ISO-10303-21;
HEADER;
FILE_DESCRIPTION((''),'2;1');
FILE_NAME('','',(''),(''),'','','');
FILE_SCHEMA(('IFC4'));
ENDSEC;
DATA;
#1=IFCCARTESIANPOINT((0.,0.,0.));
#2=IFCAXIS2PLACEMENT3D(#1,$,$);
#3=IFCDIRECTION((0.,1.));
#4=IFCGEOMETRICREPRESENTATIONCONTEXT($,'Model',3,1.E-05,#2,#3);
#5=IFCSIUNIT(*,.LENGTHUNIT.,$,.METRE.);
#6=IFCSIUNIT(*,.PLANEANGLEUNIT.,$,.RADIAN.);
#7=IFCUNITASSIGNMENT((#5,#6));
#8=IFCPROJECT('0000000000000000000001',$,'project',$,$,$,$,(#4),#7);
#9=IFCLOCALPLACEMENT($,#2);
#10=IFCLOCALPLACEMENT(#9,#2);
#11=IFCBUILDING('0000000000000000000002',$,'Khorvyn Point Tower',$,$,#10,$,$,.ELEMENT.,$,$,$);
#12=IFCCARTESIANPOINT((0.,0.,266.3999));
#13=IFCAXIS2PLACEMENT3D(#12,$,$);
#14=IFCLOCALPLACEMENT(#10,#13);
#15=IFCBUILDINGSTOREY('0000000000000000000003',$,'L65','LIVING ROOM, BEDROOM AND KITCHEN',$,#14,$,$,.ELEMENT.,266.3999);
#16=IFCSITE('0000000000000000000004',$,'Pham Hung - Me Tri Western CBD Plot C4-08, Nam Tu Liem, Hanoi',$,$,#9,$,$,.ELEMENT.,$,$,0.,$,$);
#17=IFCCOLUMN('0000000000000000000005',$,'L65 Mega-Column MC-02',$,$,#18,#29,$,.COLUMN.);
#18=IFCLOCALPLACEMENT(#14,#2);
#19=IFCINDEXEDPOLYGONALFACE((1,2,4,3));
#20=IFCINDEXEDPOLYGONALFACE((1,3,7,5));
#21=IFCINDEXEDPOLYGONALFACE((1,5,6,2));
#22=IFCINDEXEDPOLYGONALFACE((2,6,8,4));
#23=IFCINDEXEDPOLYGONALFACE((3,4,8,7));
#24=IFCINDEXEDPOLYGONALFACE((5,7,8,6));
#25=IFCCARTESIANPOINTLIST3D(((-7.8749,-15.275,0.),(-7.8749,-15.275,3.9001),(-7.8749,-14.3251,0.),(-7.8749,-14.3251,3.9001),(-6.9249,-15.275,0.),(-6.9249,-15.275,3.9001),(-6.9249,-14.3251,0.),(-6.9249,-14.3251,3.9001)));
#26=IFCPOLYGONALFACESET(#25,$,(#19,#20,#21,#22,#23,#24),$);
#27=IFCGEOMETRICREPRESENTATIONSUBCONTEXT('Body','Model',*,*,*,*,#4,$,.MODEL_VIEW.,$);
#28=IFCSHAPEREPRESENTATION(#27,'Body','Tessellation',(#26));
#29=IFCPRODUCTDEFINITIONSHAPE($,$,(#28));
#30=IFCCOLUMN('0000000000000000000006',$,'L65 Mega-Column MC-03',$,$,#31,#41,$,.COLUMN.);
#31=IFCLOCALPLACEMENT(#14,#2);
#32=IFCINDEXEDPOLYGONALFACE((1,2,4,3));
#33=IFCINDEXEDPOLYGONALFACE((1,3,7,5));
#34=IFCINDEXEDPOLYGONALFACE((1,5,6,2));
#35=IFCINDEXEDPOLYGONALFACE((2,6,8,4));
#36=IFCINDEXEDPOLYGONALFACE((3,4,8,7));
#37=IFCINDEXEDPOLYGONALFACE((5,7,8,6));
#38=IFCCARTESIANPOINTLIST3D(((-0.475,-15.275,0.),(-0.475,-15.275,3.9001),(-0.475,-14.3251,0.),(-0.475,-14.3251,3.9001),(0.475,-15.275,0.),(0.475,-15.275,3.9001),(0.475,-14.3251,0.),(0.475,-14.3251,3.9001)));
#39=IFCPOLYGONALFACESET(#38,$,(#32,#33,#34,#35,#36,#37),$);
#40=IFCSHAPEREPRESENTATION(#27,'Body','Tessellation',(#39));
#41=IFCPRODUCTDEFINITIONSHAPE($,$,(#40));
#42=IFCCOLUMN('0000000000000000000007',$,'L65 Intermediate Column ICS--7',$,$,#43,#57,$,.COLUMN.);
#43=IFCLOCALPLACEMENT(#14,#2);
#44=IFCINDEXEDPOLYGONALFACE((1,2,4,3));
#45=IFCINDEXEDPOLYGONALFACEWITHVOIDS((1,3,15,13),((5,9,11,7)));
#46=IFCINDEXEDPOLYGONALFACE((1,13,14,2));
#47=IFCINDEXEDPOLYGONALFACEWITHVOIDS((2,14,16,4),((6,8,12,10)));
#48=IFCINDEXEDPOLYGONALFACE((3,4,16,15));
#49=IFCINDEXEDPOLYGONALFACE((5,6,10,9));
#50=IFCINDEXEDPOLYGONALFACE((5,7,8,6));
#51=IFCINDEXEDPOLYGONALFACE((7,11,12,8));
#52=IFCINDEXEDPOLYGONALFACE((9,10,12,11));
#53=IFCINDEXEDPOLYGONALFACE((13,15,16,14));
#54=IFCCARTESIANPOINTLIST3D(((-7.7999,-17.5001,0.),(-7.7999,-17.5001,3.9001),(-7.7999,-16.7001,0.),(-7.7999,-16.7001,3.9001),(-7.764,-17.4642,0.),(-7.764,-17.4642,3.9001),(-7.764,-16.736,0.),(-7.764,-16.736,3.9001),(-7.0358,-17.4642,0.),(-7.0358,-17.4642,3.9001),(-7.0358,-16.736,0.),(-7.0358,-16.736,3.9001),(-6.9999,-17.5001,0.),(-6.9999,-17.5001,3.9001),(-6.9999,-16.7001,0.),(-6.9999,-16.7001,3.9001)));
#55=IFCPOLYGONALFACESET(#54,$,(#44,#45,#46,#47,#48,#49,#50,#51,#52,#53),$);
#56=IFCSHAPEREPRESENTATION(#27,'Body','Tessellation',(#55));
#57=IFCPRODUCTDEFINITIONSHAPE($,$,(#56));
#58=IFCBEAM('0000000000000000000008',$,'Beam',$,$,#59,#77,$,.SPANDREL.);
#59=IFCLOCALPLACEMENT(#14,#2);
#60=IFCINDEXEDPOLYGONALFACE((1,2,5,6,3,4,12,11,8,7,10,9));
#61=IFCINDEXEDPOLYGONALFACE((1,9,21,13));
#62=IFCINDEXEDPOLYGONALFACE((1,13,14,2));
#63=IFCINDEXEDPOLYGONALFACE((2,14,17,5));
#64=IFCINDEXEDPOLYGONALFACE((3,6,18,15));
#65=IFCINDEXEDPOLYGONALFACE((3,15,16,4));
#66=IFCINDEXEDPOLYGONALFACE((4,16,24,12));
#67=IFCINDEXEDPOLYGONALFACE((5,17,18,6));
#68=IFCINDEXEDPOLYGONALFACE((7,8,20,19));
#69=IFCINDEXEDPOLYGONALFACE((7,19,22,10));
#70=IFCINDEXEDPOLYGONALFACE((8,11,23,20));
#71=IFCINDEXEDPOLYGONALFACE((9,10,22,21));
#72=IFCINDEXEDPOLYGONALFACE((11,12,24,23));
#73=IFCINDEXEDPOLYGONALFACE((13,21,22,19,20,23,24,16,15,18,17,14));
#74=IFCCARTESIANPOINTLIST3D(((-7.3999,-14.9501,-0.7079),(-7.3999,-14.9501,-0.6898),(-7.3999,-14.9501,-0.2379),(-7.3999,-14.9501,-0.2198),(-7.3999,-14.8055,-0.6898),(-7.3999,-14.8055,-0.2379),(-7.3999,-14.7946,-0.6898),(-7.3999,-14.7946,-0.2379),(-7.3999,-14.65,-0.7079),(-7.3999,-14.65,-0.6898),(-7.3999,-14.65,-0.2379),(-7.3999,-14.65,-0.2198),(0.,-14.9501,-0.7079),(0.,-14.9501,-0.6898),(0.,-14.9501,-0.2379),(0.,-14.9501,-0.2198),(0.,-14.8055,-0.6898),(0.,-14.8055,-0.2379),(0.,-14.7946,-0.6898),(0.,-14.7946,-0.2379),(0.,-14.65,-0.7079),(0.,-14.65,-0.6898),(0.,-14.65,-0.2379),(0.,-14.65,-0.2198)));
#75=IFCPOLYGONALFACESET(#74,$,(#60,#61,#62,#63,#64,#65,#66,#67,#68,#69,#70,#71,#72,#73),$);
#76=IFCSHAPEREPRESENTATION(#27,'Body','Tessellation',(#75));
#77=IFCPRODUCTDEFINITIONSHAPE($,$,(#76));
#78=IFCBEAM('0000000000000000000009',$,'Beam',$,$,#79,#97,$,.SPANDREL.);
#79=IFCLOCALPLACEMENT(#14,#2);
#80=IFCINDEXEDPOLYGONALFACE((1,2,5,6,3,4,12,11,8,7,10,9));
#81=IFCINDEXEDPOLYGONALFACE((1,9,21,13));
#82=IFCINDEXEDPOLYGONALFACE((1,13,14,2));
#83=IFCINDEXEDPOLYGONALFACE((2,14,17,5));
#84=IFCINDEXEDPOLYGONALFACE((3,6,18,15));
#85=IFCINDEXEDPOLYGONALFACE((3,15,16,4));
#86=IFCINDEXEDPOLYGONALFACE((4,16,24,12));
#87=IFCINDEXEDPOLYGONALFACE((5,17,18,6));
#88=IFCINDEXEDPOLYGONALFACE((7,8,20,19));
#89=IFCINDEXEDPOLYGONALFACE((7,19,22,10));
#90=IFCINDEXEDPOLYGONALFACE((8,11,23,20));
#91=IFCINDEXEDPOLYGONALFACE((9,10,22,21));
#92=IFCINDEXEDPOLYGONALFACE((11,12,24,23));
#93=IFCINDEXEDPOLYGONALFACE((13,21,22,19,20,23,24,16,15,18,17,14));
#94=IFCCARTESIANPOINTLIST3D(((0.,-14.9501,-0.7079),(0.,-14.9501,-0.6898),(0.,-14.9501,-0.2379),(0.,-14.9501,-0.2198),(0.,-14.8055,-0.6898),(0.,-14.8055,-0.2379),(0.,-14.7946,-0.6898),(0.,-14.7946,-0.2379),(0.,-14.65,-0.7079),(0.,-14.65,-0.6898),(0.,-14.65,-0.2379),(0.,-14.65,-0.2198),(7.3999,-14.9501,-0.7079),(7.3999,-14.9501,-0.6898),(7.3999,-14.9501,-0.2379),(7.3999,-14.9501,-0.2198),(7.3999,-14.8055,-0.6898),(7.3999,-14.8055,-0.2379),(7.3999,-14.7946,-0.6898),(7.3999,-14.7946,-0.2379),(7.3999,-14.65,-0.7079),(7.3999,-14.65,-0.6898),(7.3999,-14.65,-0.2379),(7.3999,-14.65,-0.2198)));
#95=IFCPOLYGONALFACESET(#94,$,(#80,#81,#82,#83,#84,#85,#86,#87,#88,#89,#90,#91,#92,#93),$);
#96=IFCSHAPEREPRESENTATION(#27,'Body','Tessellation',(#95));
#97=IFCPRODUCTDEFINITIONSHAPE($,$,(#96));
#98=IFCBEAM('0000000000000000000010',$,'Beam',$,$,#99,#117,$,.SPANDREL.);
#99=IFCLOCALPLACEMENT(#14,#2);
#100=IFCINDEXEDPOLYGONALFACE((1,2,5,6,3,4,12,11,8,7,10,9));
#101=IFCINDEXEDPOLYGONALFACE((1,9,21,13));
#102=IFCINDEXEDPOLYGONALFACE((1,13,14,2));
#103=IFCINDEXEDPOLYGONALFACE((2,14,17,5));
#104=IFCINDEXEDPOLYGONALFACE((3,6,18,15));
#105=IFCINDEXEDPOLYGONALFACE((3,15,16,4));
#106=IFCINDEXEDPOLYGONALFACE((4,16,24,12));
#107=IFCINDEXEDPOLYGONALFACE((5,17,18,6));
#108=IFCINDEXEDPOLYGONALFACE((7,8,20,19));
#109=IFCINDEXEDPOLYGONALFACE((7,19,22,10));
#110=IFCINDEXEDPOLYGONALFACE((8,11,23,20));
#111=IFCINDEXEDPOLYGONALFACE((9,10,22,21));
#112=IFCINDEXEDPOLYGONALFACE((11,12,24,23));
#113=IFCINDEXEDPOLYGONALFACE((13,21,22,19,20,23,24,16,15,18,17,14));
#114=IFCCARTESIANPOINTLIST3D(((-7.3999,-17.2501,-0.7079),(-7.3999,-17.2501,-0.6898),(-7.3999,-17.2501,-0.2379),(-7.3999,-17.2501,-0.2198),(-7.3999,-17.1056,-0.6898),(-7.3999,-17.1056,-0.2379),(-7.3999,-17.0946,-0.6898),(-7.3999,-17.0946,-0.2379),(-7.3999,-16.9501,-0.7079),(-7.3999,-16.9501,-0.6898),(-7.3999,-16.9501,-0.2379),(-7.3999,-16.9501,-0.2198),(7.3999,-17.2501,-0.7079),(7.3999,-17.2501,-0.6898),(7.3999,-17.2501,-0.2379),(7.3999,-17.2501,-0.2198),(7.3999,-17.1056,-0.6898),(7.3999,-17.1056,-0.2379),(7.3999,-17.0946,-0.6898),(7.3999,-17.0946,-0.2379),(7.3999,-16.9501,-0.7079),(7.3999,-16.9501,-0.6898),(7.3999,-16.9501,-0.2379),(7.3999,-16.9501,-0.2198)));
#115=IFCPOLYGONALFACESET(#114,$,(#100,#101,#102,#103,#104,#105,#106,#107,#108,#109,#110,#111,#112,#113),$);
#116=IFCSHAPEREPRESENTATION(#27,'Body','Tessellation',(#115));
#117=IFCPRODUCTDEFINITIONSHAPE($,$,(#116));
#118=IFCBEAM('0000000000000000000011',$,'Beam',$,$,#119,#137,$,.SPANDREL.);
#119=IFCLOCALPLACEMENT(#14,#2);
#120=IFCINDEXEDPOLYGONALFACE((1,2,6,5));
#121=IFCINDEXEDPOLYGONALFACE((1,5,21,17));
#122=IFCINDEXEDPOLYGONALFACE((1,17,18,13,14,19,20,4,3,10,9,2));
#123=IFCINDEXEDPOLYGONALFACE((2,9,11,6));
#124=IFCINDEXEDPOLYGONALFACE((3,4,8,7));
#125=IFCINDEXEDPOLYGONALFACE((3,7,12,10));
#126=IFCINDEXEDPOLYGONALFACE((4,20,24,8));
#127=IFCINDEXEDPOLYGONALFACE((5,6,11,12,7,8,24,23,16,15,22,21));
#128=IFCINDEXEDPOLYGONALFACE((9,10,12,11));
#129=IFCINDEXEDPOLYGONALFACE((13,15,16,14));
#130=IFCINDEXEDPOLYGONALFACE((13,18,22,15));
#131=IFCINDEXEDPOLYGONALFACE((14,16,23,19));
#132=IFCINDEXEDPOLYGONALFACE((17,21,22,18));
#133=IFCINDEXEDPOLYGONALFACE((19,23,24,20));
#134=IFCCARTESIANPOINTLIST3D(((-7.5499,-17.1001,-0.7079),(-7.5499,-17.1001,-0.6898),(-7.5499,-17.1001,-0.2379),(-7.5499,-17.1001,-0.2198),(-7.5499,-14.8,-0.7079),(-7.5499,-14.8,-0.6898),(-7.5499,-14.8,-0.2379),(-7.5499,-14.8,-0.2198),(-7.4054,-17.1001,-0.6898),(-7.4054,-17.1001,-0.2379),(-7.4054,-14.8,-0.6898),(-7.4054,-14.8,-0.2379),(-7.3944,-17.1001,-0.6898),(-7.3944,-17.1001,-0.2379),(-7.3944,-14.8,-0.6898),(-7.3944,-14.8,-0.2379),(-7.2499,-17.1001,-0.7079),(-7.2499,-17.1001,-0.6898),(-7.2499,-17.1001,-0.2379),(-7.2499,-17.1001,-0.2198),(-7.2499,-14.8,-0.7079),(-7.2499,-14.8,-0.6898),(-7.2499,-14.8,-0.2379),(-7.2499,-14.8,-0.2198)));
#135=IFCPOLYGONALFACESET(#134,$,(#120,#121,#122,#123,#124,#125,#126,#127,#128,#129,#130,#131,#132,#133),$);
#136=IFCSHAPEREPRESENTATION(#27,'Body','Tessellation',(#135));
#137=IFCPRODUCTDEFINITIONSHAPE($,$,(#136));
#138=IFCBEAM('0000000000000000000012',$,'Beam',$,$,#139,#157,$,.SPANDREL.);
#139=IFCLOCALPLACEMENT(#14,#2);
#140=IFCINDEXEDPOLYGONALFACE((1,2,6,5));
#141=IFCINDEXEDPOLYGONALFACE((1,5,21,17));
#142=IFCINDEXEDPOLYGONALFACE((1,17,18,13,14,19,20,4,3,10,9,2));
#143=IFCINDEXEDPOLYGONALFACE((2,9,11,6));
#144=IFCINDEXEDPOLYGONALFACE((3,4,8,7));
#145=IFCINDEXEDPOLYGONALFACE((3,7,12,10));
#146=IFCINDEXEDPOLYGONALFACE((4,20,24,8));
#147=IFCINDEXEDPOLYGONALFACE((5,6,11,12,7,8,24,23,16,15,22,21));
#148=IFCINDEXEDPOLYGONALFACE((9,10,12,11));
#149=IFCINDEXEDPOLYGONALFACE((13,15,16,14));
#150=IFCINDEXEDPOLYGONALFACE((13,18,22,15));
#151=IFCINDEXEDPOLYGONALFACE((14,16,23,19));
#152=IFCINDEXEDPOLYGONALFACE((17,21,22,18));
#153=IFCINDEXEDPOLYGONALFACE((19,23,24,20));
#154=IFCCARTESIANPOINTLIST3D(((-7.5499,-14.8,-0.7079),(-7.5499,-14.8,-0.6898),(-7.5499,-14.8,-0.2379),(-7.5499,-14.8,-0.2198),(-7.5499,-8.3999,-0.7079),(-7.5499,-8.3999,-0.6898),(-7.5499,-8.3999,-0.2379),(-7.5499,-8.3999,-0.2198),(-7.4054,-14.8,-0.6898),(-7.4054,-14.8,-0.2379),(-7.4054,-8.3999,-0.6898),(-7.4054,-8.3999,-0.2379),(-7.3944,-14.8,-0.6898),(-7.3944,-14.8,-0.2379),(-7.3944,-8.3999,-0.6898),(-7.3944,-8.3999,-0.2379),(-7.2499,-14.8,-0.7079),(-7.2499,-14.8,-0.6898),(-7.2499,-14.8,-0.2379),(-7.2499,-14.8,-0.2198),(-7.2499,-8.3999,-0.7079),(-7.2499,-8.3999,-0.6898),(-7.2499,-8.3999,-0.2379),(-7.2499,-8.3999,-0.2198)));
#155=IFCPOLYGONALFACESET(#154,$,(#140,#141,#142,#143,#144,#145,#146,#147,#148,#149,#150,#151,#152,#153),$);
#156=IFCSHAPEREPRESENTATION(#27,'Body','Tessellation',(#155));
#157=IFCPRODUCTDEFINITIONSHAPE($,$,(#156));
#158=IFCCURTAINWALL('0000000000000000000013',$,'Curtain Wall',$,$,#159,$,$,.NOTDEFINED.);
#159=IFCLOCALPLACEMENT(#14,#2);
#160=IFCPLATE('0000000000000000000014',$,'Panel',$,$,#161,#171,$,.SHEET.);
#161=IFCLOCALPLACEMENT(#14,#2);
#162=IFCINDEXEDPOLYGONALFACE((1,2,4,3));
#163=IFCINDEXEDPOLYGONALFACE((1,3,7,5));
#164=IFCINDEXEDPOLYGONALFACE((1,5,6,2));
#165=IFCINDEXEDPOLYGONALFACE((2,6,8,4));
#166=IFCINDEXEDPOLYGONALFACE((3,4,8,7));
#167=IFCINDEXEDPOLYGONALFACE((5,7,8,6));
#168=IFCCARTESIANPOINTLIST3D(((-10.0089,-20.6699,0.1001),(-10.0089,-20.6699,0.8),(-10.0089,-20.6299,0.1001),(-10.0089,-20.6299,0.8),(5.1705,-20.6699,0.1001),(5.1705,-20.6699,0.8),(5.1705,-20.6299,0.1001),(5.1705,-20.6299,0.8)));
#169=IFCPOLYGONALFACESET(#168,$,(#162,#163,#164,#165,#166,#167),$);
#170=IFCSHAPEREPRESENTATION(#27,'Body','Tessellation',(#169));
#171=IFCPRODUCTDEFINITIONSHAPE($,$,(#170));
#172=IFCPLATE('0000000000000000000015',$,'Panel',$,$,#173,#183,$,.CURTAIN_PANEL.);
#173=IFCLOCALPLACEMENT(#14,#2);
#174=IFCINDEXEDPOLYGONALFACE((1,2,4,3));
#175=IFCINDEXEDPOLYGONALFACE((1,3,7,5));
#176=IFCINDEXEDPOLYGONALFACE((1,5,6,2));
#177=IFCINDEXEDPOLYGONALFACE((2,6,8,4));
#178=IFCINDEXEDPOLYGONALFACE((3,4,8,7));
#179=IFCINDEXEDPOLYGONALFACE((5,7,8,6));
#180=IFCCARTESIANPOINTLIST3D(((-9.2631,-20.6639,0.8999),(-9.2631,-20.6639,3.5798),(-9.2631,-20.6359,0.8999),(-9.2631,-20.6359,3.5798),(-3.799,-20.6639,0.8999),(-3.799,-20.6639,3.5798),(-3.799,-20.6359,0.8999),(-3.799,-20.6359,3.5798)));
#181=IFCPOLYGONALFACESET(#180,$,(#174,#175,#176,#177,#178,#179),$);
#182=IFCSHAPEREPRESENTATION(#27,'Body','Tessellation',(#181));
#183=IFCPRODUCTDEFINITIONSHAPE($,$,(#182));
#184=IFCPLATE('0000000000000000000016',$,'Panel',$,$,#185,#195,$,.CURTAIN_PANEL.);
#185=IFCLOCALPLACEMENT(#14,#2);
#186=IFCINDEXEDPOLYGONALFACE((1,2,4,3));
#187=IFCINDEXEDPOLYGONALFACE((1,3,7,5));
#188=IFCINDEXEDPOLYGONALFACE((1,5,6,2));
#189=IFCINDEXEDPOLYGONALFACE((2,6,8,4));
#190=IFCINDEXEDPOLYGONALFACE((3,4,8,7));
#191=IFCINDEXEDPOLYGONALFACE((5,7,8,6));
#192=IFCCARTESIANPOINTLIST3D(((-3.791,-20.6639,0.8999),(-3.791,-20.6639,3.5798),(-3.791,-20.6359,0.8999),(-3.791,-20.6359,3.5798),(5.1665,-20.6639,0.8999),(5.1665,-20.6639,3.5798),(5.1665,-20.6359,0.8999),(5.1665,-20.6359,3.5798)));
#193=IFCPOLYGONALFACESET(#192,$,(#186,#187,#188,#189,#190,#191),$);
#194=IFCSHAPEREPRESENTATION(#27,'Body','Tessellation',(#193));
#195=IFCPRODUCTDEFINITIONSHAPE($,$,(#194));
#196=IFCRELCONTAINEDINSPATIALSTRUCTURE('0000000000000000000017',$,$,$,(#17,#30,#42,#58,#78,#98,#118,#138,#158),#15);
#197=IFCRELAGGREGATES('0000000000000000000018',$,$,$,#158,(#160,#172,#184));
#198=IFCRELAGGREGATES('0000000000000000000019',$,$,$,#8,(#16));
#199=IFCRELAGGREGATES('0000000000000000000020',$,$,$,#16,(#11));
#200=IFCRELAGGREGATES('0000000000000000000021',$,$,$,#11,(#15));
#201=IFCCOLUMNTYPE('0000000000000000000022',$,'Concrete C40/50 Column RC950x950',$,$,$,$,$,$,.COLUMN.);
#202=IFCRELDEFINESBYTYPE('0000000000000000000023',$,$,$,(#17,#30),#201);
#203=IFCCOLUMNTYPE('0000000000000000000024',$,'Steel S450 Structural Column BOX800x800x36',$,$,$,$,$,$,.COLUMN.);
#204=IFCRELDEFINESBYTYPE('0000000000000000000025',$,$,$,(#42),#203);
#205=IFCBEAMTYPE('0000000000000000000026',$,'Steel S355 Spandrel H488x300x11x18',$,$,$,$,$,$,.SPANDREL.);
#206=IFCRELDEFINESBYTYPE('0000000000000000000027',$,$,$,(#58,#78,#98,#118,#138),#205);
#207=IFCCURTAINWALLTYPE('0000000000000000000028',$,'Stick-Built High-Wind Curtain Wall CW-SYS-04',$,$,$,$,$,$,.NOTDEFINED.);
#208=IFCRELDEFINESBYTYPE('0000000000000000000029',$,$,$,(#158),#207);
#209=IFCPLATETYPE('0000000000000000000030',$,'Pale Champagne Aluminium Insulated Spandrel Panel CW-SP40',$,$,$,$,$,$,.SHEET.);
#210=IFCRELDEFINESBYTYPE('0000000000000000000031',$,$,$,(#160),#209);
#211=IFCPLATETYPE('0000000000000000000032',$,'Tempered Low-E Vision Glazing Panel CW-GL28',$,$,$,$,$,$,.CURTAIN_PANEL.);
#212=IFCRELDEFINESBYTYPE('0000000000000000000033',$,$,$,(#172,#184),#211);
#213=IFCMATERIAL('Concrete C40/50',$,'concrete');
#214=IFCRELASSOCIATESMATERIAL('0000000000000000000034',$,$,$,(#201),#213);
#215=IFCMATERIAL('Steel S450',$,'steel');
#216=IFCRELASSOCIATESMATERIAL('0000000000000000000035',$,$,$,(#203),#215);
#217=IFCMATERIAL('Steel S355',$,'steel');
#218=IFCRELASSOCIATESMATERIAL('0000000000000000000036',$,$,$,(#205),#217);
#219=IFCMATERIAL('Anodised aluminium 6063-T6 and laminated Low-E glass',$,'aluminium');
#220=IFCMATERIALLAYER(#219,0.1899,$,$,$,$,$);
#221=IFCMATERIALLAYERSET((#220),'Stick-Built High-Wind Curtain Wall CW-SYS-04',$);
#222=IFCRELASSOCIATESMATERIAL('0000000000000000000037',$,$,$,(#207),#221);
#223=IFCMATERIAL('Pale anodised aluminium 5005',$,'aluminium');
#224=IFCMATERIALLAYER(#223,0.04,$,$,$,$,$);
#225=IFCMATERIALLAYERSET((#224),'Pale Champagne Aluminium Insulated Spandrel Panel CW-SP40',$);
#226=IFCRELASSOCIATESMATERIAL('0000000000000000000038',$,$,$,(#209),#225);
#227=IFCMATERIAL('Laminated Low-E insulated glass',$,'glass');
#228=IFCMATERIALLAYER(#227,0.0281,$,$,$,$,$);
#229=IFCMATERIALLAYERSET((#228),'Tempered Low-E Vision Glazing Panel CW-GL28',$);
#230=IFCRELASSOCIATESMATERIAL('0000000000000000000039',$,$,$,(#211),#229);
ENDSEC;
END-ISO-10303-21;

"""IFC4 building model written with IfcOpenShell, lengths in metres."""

from ifc_helpers import new_model, si_unit, direction, frame, origin, origin_2d, place, context, subcontext, project, spatial, rectangle, hollow_rectangle, i_section, extrude, material, layer, layer_set, material_profile, profile_set, type_object, element, aggregate, save


model = new_model("IFC4")

# Units and contexts
model_context = context("Model", 3, precision=1e-05, world=origin(), true_north=direction((0.0, 1.0)))
body_context = subcontext(model_context, "Body", "Model", "MODEL_VIEW")
ifc_project = project(units=[si_unit("LENGTHUNIT", "METRE"), si_unit("PLANEANGLEUNIT", "RADIAN")], contexts=[model_context])

# Site, building, storey
site_placement = place(None, origin())
site = spatial("IfcSite", under=ifc_project, at=site_placement, Name="Pham Hung - Me Tri Western CBD Plot C4-08, Nam Tu Liem, Hanoi", CompositionType="ELEMENT", RefElevation=0.0)
building_placement = place(site_placement, origin())
building = spatial("IfcBuilding", under=site, at=building_placement, Name="Khorvyn Point Tower", CompositionType="ELEMENT")
storey_placement = place(building_placement, frame((0.0, 0.0, 266.3999)))
storey = spatial("IfcBuildingStorey", under=building, at=storey_placement, Name="L65", Description="LIVING ROOM, BEDROOM AND KITCHEN", CompositionType="ELEMENT", Elevation=266.3999)

# Columns
ifc_material_1 = material(Name="Concrete C40/50", Category="concrete")
ifc_material_profile_1 = material_profile(ifc_material_1, rectangle(XDim=0.95, YDim=0.95, at=origin_2d()))
ifc_profile_set_1 = profile_set([ifc_material_profile_1], Name="Concrete C40/50 RC950x950")
column_type_1 = type_object("IfcColumnType", Name="Concrete C40/50 Column RC950x950", PredefinedType="COLUMN", material=ifc_profile_set_1)
for number, where, z_axis, x_axis, name in (
    (1, (-7.3999, -14.8, 0.0), (0.0, 0.0, 1.0), (1.0, 0.0, 0.0), "L65 Mega-Column MC-02"),
    (2, (0.0, -14.8, 0.0), (0.0, 0.0, 1.0), (1.0, 0.0, 0.0), "L65 Mega-Column MC-03"),
):
    element("IfcColumn", number, at=place(storey_placement, frame(where, z_axis=z_axis, x_axis=x_axis)), inside=storey, type_object=column_type_1, Name=name, PredefinedType="COLUMN", context=body_context, shape_type="SweptSolid", body=[
        extrude(rectangle(XDim=0.95, YDim=0.95, at=origin_2d()), origin(), (0.0, 0.0, 1.0), 3.9001),
    ])
ifc_material_2 = material(Name="Steel S450", Category="steel")
ifc_material_profile_2 = material_profile(ifc_material_2, hollow_rectangle(XDim=0.8, YDim=0.8, WallThickness=0.0359, at=origin_2d()))
ifc_profile_set_2 = profile_set([ifc_material_profile_2], Name="Steel S450 BOX800x800x36")
column_type_2 = type_object("IfcColumnType", Name="Steel S450 Structural Column BOX800x800x36", PredefinedType="COLUMN", material=ifc_profile_set_2)
column_placement = place(storey_placement, frame((-7.3999, -17.1001, 0.0), z_axis=(0.0, 0.0, 1.0), x_axis=(1.0, 0.0, 0.0)))
element("IfcColumn", 3, at=column_placement, inside=storey, type_object=column_type_2, Name="L65 Intermediate Column ICS--7", PredefinedType="COLUMN", context=body_context, shape_type="SweptSolid", body=[
    extrude(hollow_rectangle(XDim=0.8, YDim=0.8, WallThickness=0.0359, at=origin_2d()), origin(), (0.0, 0.0, 1.0), 3.9001),
])

# Beams
ifc_material_3 = material(Name="Steel S355", Category="steel")
ifc_material_profile_3 = material_profile(ifc_material_3, i_section(OverallWidth=0.3, OverallDepth=0.488, WebThickness=0.011, FlangeThickness=0.0181, at=origin_2d()))
ifc_profile_set_3 = profile_set([ifc_material_profile_3], Name="Steel S355 H488x300x11x18")
beam_type = type_object("IfcBeamType", Name="Steel S355 Spandrel H488x300x11x18", PredefinedType="SPANDREL", material=ifc_profile_set_3)
for number, where, z_axis, x_axis, name in (
    (4, (-7.3999, -14.8, -0.4639), (1.0, 0.0, 0.0), (0.0, 1.0, 0.0), "Beam"),
    (5, (0.0, -14.8, -0.4639), (1.0, 0.0, 0.0), (0.0, 1.0, 0.0), "Beam"),
):
    element("IfcBeam", number, at=place(storey_placement, frame(where, z_axis=z_axis, x_axis=x_axis)), inside=storey, type_object=beam_type, Name=name, PredefinedType="SPANDREL", context=body_context, shape_type="SweptSolid", body=[
        extrude(i_section(OverallWidth=0.3, OverallDepth=0.488, WebThickness=0.011, FlangeThickness=0.0181, at=origin_2d()), origin(), (0.0, 0.0, 1.0), 7.3999),
    ])
beam_1_placement = place(storey_placement, frame((-7.3999, -17.1001, -0.4639), z_axis=(1.0, 0.0, 0.0), x_axis=(0.0, 1.0, 0.0)))
element("IfcBeam", 6, at=beam_1_placement, inside=storey, type_object=beam_type, Name="Beam", PredefinedType="SPANDREL", context=body_context, shape_type="SweptSolid", body=[
    extrude(i_section(OverallWidth=0.3, OverallDepth=0.488, WebThickness=0.011, FlangeThickness=0.0181, at=origin_2d()), origin(), (0.0, 0.0, 1.0), 14.7998),
])
beam_2_placement = place(storey_placement, frame((-7.3999, -17.1001, -0.4639), z_axis=(0.0, 1.0, 0.0), x_axis=(-1.0, 0.0, 0.0)))
element("IfcBeam", 7, at=beam_2_placement, inside=storey, type_object=beam_type, Name="Beam", PredefinedType="SPANDREL", context=body_context, shape_type="SweptSolid", body=[
    extrude(i_section(OverallWidth=0.3, OverallDepth=0.488, WebThickness=0.011, FlangeThickness=0.0181, at=origin_2d()), origin(), (0.0, 0.0, 1.0), 2.3),
])
beam_3_placement = place(storey_placement, frame((-7.3999, -14.8, -0.4639), z_axis=(0.0, 1.0, 0.0), x_axis=(-1.0, 0.0, 0.0)))
element("IfcBeam", 8, at=beam_3_placement, inside=storey, type_object=beam_type, Name="Beam", PredefinedType="SPANDREL", context=body_context, shape_type="SweptSolid", body=[
    extrude(i_section(OverallWidth=0.3, OverallDepth=0.488, WebThickness=0.011, FlangeThickness=0.0181, at=origin_2d()), origin(), (0.0, 0.0, 1.0), 6.4001),
])

# Curtain wall, plates
ifc_material_4 = material(Name="Anodised aluminium 6063-T6 and laminated Low-E glass", Category="aluminium")
ifc_layer_1 = layer(ifc_material_4, 0.1899)
ifc_layer_set_1 = layer_set([ifc_layer_1], Name="Stick-Built High-Wind Curtain Wall CW-SYS-04")
curtain_wall_type = type_object("IfcCurtainWallType", Name="Stick-Built High-Wind Curtain Wall CW-SYS-04", PredefinedType="NOTDEFINED", material=ifc_layer_set_1)
curtain_wall_placement = place(storey_placement, origin())
curtain_wall = element("IfcCurtainWall", 9, at=curtain_wall_placement, inside=storey, type_object=curtain_wall_type, Name="Curtain Wall", PredefinedType="NOTDEFINED")
ifc_material_5 = material(Name="Pale anodised aluminium 5005", Category="aluminium")
ifc_layer_2 = layer(ifc_material_5, 0.04)
ifc_layer_set_2 = layer_set([ifc_layer_2], Name="Pale Champagne Aluminium Insulated Spandrel Panel CW-SP40")
plate_type_1 = type_object("IfcPlateType", Name="Pale Champagne Aluminium Insulated Spandrel Panel CW-SP40", PredefinedType="SHEET", material=ifc_layer_set_2)
plate_1_placement = place(storey_placement, frame((-2.4192, -20.6499, 0.1001), z_axis=(0.0, 0.0, 1.0), x_axis=(-1.0, 0.0, 0.0)))
plate_1 = element("IfcPlate", 10, at=plate_1_placement, type_object=plate_type_1, Name="Panel", PredefinedType="SHEET", context=body_context, shape_type="SweptSolid", body=[
    extrude(rectangle(XDim=15.1794, YDim=0.04, at=origin_2d()), origin(), (0.0, 0.0, 1.0), 0.7),
])
ifc_material_6 = material(Name="Laminated Low-E insulated glass", Category="glass")
ifc_layer_3 = layer(ifc_material_6, 0.0281)
ifc_layer_set_3 = layer_set([ifc_layer_3], Name="Tempered Low-E Vision Glazing Panel CW-GL28")
plate_type_2 = type_object("IfcPlateType", Name="Tempered Low-E Vision Glazing Panel CW-GL28", PredefinedType="CURTAIN_PANEL", material=ifc_layer_set_3)
plate_2_placement = place(storey_placement, frame((-6.531, -20.6499, 0.8999), z_axis=(0.0, 0.0, 1.0), x_axis=(-1.0, 0.0, 0.0)))
plate_2 = element("IfcPlate", 11, at=plate_2_placement, type_object=plate_type_2, Name="Panel", PredefinedType="CURTAIN_PANEL", context=body_context, shape_type="SweptSolid", body=[
    extrude(rectangle(XDim=5.4641, YDim=0.0281, at=origin_2d()), origin(), (0.0, 0.0, 1.0), 2.6799),
])
plate_3_placement = place(storey_placement, frame((0.6877, -20.6499, 0.8999), z_axis=(0.0, 0.0, 1.0), x_axis=(-1.0, 0.0, 0.0)))
plate_3 = element("IfcPlate", 12, at=plate_3_placement, type_object=plate_type_2, Name="Panel", PredefinedType="CURTAIN_PANEL", context=body_context, shape_type="SweptSolid", body=[
    extrude(rectangle(XDim=8.9575, YDim=0.0281, at=origin_2d()), origin(), (0.0, 0.0, 1.0), 2.6799),
])
aggregate(curtain_wall, [plate_1, plate_2, plate_3])

save(model, "model.ifc")
